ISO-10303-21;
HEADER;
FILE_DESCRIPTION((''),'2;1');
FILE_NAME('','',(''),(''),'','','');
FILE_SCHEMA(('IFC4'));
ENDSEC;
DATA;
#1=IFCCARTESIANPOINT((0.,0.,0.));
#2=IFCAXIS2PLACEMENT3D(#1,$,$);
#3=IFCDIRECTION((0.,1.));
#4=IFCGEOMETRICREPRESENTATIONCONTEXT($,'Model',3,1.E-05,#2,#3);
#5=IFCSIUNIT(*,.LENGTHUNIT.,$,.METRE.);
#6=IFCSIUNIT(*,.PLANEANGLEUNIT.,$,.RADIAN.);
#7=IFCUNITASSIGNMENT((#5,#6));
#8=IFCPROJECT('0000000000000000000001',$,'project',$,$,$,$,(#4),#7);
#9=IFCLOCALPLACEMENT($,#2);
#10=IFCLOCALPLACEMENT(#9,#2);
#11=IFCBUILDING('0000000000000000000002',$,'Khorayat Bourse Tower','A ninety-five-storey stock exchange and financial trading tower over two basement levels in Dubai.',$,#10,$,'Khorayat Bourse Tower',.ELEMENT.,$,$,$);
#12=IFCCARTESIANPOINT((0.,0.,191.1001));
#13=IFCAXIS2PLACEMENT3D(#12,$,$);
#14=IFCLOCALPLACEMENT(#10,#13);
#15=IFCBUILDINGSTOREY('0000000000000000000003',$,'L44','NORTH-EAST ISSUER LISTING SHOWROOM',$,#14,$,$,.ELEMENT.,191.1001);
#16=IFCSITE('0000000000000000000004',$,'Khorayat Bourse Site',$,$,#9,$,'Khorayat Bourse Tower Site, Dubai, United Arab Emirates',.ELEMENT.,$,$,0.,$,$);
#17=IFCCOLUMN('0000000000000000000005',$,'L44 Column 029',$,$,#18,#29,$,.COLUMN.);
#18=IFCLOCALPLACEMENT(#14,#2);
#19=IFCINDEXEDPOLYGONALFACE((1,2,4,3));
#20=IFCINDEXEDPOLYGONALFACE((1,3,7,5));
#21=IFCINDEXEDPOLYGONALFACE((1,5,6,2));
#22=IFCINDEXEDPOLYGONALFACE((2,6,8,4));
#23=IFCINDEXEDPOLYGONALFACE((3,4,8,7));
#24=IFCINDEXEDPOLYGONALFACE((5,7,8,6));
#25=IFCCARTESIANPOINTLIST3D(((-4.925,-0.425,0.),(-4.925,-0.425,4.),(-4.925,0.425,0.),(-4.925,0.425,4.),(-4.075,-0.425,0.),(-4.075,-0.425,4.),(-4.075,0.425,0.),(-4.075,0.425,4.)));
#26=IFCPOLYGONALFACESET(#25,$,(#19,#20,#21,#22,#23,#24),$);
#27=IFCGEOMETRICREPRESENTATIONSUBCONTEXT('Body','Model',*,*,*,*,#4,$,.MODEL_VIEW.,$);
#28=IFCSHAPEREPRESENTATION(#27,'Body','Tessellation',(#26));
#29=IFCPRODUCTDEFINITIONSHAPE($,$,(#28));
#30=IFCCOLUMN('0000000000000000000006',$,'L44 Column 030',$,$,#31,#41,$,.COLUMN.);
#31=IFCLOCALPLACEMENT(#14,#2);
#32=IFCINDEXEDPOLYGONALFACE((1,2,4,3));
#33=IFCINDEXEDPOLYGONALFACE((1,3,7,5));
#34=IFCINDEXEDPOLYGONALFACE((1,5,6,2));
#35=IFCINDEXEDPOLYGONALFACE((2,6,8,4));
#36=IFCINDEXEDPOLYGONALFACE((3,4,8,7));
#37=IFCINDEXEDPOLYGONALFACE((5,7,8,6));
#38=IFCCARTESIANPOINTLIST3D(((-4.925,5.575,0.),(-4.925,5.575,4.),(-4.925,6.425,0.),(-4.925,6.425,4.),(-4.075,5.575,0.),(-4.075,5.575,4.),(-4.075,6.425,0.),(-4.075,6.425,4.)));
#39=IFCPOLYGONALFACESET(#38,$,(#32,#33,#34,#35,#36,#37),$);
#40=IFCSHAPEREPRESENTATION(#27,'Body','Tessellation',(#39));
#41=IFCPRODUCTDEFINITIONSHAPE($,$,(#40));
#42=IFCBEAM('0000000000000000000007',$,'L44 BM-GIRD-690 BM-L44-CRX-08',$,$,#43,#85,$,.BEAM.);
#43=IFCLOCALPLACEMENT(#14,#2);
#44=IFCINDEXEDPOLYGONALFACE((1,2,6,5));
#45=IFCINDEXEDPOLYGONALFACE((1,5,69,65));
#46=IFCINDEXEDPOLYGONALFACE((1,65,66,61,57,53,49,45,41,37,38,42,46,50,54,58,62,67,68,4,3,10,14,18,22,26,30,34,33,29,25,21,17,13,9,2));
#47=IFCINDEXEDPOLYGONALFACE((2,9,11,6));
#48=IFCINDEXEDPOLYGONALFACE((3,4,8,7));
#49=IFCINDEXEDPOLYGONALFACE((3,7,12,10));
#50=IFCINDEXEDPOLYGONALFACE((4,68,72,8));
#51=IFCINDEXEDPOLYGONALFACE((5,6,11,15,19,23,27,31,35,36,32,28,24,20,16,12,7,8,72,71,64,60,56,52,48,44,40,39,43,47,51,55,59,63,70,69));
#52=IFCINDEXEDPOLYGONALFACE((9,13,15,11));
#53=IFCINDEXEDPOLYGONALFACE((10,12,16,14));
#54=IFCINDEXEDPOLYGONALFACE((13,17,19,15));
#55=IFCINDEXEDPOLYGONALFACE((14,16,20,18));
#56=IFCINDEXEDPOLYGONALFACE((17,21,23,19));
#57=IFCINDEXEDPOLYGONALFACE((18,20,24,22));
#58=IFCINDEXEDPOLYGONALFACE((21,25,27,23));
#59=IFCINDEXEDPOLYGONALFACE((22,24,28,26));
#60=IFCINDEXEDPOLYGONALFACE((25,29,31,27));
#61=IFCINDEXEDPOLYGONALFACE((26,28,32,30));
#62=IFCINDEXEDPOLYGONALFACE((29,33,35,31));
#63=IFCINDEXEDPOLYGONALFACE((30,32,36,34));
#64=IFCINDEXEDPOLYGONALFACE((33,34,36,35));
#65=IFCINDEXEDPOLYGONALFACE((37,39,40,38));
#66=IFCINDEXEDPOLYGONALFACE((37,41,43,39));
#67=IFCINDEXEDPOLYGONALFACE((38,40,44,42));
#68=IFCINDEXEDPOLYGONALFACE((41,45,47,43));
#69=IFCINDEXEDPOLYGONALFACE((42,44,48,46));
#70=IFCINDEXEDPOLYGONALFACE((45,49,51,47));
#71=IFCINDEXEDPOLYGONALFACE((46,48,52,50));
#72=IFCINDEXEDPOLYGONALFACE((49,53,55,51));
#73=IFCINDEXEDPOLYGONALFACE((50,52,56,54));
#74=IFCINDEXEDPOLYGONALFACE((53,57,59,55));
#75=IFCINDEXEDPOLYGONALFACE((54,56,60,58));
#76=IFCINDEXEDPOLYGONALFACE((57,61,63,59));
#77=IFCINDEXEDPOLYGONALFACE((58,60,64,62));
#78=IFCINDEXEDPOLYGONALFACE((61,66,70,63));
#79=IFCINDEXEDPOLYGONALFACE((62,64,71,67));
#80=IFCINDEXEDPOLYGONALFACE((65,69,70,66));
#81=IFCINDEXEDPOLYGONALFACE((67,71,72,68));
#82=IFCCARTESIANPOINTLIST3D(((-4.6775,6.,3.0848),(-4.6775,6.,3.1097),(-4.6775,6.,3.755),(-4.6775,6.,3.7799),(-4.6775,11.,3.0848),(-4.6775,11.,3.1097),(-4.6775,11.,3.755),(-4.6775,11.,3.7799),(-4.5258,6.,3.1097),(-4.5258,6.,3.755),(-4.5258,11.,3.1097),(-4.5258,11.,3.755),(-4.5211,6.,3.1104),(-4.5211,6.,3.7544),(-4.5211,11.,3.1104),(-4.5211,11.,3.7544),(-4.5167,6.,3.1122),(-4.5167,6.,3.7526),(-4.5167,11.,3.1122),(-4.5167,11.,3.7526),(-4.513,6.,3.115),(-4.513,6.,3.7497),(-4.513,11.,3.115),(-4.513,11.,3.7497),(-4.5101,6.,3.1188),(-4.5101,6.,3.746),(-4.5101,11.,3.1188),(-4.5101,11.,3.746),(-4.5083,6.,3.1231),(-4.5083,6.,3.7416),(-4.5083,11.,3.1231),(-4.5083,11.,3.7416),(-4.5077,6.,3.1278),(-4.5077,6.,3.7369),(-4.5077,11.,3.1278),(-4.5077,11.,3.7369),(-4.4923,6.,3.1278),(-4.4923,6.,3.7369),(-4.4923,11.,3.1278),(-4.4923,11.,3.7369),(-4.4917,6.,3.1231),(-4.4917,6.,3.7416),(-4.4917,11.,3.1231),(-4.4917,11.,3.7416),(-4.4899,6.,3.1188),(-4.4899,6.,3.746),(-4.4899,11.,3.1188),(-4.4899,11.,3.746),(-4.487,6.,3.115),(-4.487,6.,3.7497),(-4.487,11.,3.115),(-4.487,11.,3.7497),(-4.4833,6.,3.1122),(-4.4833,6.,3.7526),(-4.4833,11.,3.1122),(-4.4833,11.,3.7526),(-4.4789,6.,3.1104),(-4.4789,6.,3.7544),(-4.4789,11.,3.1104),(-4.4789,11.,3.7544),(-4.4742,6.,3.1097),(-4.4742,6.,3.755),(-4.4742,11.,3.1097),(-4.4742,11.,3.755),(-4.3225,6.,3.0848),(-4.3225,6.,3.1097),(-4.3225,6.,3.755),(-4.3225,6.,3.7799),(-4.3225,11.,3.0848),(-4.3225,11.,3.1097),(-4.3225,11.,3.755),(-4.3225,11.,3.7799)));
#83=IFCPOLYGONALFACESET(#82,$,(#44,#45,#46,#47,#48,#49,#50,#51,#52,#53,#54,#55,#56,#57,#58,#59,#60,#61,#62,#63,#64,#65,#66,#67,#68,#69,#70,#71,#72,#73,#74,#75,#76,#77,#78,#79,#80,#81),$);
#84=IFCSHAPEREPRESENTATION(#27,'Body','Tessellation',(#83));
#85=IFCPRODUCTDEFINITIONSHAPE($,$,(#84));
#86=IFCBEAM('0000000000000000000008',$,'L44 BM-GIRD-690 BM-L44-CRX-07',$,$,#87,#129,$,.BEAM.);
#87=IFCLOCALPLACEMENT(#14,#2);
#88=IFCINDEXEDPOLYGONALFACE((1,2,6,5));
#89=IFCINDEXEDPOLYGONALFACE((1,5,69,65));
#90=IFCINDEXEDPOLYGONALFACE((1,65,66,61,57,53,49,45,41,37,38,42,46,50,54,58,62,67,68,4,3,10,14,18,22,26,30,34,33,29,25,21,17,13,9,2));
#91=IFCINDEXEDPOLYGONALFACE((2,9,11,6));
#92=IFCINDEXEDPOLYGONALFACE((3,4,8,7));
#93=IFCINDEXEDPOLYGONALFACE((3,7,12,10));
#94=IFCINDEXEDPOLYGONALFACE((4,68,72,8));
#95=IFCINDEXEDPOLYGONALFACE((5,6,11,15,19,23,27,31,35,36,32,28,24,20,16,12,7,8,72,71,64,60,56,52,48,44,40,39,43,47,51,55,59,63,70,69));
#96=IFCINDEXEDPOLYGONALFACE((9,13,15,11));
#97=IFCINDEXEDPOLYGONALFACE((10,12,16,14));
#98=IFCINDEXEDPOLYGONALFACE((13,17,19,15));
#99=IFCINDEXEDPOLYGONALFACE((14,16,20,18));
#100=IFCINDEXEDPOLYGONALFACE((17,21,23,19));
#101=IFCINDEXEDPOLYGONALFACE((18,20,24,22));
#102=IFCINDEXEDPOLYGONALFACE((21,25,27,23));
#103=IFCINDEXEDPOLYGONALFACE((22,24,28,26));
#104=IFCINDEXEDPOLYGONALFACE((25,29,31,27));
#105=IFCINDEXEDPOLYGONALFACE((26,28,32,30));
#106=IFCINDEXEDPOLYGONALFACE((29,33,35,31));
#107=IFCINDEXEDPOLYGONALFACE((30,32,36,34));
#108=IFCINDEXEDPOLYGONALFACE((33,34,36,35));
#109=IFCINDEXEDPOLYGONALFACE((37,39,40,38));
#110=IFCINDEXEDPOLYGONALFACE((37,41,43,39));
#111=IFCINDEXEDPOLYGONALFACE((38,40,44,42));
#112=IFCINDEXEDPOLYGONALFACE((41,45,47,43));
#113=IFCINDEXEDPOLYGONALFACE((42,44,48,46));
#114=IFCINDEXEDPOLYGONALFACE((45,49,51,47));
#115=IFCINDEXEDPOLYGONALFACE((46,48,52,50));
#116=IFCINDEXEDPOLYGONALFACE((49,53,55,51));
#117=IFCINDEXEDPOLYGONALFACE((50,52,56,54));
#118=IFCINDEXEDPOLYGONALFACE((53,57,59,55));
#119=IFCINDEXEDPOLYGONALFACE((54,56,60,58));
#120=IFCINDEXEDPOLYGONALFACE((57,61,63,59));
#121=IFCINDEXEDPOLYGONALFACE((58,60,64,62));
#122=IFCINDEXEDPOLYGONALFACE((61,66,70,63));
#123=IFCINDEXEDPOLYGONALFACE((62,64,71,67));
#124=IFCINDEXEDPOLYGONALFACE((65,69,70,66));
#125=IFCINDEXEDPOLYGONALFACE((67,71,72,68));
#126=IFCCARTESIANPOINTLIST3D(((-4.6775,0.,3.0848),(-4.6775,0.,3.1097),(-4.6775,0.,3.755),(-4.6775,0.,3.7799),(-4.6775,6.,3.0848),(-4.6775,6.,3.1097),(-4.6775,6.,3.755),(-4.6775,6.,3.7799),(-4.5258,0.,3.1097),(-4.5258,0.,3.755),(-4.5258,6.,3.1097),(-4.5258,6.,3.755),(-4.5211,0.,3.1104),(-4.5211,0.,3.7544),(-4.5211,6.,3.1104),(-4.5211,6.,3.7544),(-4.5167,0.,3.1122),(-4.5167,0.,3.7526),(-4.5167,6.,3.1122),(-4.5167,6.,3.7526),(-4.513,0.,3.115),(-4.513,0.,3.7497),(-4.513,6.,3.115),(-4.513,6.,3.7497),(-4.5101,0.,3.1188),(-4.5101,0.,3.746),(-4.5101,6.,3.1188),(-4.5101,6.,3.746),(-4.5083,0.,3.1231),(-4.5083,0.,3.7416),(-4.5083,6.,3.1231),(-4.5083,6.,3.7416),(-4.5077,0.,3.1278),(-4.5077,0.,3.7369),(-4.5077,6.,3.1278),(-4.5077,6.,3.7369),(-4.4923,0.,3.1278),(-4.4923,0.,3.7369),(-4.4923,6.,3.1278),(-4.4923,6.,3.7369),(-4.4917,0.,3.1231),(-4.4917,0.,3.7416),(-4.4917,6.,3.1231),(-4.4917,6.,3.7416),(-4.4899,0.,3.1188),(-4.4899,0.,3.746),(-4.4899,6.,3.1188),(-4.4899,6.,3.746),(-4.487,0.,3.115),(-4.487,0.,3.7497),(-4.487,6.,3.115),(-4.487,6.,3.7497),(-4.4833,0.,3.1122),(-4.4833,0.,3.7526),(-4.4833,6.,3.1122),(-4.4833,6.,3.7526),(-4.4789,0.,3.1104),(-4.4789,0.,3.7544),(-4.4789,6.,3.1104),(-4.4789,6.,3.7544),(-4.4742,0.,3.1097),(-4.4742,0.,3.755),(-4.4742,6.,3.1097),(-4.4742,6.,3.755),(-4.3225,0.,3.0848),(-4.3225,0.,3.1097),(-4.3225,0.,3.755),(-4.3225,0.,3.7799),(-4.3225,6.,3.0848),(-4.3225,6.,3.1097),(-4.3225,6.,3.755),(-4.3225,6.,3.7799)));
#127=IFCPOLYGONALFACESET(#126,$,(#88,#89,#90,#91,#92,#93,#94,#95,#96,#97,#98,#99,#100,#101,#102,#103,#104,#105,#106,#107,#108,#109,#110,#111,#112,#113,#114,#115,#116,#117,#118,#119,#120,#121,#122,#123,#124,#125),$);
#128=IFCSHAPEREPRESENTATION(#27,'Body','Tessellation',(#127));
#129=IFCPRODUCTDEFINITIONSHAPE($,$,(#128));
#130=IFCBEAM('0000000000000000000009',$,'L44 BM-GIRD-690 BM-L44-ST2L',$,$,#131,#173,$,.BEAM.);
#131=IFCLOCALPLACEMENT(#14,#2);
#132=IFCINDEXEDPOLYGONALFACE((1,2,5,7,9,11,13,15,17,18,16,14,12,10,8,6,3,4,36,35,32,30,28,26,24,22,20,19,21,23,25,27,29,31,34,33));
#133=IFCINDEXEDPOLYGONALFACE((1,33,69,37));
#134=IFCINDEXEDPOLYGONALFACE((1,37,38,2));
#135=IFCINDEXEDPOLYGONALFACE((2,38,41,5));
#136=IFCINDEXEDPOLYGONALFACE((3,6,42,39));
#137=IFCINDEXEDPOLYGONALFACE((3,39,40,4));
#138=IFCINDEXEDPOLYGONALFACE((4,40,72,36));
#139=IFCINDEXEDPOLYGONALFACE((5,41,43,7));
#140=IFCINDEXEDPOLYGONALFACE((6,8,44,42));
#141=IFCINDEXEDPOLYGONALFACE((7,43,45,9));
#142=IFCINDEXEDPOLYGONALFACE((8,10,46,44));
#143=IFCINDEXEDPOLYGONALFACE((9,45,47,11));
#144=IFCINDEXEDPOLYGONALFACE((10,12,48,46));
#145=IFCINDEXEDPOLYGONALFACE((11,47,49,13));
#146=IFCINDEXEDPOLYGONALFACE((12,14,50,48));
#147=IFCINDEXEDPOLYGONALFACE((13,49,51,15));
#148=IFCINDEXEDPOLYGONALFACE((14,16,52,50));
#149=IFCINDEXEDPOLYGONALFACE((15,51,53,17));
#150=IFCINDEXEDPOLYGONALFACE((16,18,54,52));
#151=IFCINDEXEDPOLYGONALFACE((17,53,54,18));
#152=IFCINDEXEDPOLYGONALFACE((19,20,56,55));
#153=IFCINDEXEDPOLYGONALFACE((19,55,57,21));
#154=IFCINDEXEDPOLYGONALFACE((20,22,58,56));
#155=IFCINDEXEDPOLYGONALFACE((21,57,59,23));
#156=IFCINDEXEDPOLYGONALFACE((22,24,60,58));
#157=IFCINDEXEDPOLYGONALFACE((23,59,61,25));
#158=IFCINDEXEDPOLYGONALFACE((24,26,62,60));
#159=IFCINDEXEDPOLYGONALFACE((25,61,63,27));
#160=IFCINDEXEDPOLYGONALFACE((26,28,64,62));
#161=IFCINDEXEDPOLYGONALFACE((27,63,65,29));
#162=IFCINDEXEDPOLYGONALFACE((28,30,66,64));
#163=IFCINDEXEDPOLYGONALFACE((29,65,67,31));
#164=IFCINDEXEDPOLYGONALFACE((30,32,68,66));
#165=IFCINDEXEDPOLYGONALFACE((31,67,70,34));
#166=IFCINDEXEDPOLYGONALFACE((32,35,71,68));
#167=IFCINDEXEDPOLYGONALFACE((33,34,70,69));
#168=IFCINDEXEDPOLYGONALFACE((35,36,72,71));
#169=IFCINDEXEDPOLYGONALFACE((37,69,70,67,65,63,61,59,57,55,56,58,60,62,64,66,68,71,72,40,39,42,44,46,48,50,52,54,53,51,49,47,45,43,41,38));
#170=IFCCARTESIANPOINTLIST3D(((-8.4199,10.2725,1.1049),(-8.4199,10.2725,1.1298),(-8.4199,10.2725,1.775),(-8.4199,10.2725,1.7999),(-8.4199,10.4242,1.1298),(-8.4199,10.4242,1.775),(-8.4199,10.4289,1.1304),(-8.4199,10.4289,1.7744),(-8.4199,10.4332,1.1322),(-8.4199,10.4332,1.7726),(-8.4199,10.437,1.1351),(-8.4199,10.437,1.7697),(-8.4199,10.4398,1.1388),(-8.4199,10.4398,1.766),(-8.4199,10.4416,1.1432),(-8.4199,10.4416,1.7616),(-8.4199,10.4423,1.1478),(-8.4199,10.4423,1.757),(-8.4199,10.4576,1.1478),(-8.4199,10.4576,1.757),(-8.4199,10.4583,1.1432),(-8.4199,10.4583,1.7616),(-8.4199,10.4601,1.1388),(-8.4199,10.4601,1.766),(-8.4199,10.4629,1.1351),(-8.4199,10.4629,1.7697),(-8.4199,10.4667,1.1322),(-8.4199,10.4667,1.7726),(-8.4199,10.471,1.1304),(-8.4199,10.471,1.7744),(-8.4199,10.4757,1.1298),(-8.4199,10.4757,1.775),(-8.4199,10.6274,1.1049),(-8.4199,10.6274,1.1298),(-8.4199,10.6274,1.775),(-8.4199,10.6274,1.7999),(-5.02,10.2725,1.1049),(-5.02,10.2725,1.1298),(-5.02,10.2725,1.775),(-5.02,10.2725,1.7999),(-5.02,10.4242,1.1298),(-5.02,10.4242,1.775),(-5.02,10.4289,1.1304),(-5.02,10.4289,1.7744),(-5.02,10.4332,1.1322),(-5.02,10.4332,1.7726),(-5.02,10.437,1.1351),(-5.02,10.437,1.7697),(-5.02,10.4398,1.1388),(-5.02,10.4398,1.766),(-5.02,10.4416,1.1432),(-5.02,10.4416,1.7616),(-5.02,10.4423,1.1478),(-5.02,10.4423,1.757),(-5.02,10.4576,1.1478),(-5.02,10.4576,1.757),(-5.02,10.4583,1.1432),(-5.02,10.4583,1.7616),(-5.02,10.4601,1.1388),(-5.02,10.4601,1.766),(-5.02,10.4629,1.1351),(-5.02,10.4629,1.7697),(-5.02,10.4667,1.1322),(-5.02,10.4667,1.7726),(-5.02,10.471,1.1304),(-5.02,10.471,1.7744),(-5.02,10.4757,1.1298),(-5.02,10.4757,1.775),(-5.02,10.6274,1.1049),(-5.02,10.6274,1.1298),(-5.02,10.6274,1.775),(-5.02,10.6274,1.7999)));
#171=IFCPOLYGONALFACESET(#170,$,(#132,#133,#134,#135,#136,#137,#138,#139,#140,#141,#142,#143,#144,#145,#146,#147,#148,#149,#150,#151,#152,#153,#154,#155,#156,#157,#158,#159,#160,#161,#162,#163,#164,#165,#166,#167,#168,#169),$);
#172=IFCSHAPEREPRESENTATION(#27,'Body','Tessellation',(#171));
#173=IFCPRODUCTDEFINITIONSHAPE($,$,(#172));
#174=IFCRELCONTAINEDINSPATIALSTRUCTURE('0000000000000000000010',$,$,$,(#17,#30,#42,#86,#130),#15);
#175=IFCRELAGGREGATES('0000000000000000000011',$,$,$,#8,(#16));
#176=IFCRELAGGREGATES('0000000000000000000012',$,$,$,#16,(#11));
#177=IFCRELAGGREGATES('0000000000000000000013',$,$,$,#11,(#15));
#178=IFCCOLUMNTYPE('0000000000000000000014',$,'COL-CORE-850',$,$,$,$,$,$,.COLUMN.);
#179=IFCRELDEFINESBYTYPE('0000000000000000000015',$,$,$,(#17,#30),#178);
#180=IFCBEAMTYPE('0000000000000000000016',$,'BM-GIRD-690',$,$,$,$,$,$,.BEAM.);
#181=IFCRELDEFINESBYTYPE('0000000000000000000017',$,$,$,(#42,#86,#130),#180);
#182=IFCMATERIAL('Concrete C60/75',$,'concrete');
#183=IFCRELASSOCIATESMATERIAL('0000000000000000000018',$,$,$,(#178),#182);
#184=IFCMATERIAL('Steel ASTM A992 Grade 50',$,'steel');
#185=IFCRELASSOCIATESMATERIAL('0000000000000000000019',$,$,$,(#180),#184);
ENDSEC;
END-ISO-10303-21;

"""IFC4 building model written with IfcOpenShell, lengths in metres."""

from ifc_helpers import new_model, si_unit, direction, frame, origin, origin_2d, place, context, subcontext, project, spatial, rectangle, i_section, extrude, source, transform, mapped, material, material_profile, profile_set, type_object, element, save


model = new_model("IFC4")

# Units and contexts
model_context = context("Model", 3, precision=1e-05, world=origin(), true_north=direction((0.0, 1.0)))
body_context = subcontext(model_context, "Body", "Model", "MODEL_VIEW")
ifc_project = project(units=[si_unit("LENGTHUNIT", "METRE"), si_unit("PLANEANGLEUNIT", "RADIAN")], contexts=[model_context])

# Site, building, storey
site_placement = place(None, origin())
site = spatial("IfcSite", under=ifc_project, at=site_placement, Name="Khorayat Bourse Site", LongName="Khorayat Bourse Tower Site, Dubai, United Arab Emirates", CompositionType="ELEMENT", RefElevation=0.0)
building_placement = place(site_placement, origin())
building = spatial("IfcBuilding", under=site, at=building_placement, Name="Khorayat Bourse Tower", Description="A ninety-five-storey stock exchange and financial trading tower over two basement levels in Dubai.", LongName="Khorayat Bourse Tower", CompositionType="ELEMENT")
storey_placement = place(building_placement, frame((0.0, 0.0, 191.1001)))
storey = spatial("IfcBuildingStorey", under=building, at=storey_placement, Name="L44", Description="NORTH-EAST ISSUER LISTING SHOWROOM", CompositionType="ELEMENT", Elevation=191.1001)

# Columns
ifc_material_1 = material(Name="Concrete C60/75", Category="concrete")
ifc_material_profile_1 = material_profile(ifc_material_1, rectangle(XDim=0.8501, YDim=0.8501, at=origin_2d()), Name="RC 850x850")
ifc_profile_set_1 = profile_set([ifc_material_profile_1], Name="Concrete C60/75")
column_type = type_object("IfcColumnType", Name="COL-CORE-850", PredefinedType="COLUMN", material=ifc_profile_set_1)
shared_shape_1 = source(origin(), body_context, "Body", "SweptSolid", [
    extrude(rectangle(XDim=0.8501, YDim=0.8501, at=origin_2d()), origin(), (0.0, 0.0, 1.0), 4.0),
])
for number, where, z_axis, x_axis, name in (
    (1, (-4.5, 0.0, 0.0), (0.0, 0.0, 1.0), (1.0, 0.0, 0.0), "L44 Column 029"),
    (2, (-4.5, 6.0, 0.0), (0.0, 0.0, 1.0), (1.0, 0.0, 0.0), "L44 Column 030"),
):
    element("IfcColumn", number, at=place(storey_placement, frame(where, z_axis=z_axis, x_axis=x_axis)), inside=storey, type_object=column_type, Name=name, PredefinedType="COLUMN", context=body_context, shape_type="MappedRepresentation", body=[
        mapped(shared_shape_1, transform((0.0, 0.0, 0.0), scale=1.0)),
    ])

# Beams
ifc_material_2 = material(Name="Steel ASTM A992 Grade 50", Category="steel")
ifc_material_profile_2 = material_profile(ifc_material_2, i_section(OverallWidth=0.355, OverallDepth=0.6951, WebThickness=0.0154, FlangeThickness=0.0249, FilletRadius=0.0181, at=origin_2d()), Name="W690X217")
ifc_profile_set_2 = profile_set([ifc_material_profile_2], Name="Steel ASTM A992 Grade 50")
beam_type = type_object("IfcBeamType", Name="BM-GIRD-690", PredefinedType="BEAM", material=ifc_profile_set_2)
shared_shape_2 = source(origin(), body_context, "Body", "SweptSolid", [
    extrude(i_section(OverallWidth=0.355, OverallDepth=0.6951, WebThickness=0.0154, FlangeThickness=0.0249, FilletRadius=0.0181, at=origin_2d()), origin(), (0.0, 0.0, 1.0), 5.0),
])
beam_1_placement = place(storey_placement, frame((-4.5, 6.0, 3.4324), z_axis=(0.0, 1.0, 0.0), x_axis=(-1.0, 0.0, 0.0)))
element("IfcBeam", 3, at=beam_1_placement, inside=storey, type_object=beam_type, Name="L44 BM-GIRD-690 BM-L44-CRX-08", PredefinedType="BEAM", context=body_context, shape_type="MappedRepresentation", body=[
    mapped(shared_shape_2, transform((0.0, 0.0, 0.0), scale=1.0)),
])
shared_shape_3 = source(origin(), body_context, "Body", "SweptSolid", [
    extrude(i_section(OverallWidth=0.355, OverallDepth=0.6951, WebThickness=0.0154, FlangeThickness=0.0249, FilletRadius=0.0181, at=origin_2d()), origin(), (0.0, 0.0, 1.0), 6.0),
])
beam_2_placement = place(storey_placement, frame((-4.5, 0.0, 3.4324), z_axis=(0.0, 1.0, 0.0), x_axis=(-1.0, 0.0, 0.0)))
element("IfcBeam", 4, at=beam_2_placement, inside=storey, type_object=beam_type, Name="L44 BM-GIRD-690 BM-L44-CRX-07", PredefinedType="BEAM", context=body_context, shape_type="MappedRepresentation", body=[
    mapped(shared_shape_3, transform((0.0, 0.0, 0.0), scale=1.0)),
])
shared_shape_4 = source(origin(), body_context, "Body", "SweptSolid", [
    extrude(i_section(OverallWidth=0.355, OverallDepth=0.6951, WebThickness=0.0154, FlangeThickness=0.0249, FilletRadius=0.0181, at=origin_2d()), origin(), (0.0, 0.0, 1.0), 3.3999),
])
beam_3_placement = place(storey_placement, frame((-8.4199, 10.45, 1.4524), z_axis=(1.0, 0.0, 0.0), x_axis=(0.0, 1.0, 0.0)))
element("IfcBeam", 5, at=beam_3_placement, inside=storey, type_object=beam_type, Name="L44 BM-GIRD-690 BM-L44-ST2L", PredefinedType="BEAM", context=body_context, shape_type="MappedRepresentation", body=[
    mapped(shared_shape_4, transform((0.0, 0.0, 0.0), scale=1.0)),
])

save(model, "model.ifc")
